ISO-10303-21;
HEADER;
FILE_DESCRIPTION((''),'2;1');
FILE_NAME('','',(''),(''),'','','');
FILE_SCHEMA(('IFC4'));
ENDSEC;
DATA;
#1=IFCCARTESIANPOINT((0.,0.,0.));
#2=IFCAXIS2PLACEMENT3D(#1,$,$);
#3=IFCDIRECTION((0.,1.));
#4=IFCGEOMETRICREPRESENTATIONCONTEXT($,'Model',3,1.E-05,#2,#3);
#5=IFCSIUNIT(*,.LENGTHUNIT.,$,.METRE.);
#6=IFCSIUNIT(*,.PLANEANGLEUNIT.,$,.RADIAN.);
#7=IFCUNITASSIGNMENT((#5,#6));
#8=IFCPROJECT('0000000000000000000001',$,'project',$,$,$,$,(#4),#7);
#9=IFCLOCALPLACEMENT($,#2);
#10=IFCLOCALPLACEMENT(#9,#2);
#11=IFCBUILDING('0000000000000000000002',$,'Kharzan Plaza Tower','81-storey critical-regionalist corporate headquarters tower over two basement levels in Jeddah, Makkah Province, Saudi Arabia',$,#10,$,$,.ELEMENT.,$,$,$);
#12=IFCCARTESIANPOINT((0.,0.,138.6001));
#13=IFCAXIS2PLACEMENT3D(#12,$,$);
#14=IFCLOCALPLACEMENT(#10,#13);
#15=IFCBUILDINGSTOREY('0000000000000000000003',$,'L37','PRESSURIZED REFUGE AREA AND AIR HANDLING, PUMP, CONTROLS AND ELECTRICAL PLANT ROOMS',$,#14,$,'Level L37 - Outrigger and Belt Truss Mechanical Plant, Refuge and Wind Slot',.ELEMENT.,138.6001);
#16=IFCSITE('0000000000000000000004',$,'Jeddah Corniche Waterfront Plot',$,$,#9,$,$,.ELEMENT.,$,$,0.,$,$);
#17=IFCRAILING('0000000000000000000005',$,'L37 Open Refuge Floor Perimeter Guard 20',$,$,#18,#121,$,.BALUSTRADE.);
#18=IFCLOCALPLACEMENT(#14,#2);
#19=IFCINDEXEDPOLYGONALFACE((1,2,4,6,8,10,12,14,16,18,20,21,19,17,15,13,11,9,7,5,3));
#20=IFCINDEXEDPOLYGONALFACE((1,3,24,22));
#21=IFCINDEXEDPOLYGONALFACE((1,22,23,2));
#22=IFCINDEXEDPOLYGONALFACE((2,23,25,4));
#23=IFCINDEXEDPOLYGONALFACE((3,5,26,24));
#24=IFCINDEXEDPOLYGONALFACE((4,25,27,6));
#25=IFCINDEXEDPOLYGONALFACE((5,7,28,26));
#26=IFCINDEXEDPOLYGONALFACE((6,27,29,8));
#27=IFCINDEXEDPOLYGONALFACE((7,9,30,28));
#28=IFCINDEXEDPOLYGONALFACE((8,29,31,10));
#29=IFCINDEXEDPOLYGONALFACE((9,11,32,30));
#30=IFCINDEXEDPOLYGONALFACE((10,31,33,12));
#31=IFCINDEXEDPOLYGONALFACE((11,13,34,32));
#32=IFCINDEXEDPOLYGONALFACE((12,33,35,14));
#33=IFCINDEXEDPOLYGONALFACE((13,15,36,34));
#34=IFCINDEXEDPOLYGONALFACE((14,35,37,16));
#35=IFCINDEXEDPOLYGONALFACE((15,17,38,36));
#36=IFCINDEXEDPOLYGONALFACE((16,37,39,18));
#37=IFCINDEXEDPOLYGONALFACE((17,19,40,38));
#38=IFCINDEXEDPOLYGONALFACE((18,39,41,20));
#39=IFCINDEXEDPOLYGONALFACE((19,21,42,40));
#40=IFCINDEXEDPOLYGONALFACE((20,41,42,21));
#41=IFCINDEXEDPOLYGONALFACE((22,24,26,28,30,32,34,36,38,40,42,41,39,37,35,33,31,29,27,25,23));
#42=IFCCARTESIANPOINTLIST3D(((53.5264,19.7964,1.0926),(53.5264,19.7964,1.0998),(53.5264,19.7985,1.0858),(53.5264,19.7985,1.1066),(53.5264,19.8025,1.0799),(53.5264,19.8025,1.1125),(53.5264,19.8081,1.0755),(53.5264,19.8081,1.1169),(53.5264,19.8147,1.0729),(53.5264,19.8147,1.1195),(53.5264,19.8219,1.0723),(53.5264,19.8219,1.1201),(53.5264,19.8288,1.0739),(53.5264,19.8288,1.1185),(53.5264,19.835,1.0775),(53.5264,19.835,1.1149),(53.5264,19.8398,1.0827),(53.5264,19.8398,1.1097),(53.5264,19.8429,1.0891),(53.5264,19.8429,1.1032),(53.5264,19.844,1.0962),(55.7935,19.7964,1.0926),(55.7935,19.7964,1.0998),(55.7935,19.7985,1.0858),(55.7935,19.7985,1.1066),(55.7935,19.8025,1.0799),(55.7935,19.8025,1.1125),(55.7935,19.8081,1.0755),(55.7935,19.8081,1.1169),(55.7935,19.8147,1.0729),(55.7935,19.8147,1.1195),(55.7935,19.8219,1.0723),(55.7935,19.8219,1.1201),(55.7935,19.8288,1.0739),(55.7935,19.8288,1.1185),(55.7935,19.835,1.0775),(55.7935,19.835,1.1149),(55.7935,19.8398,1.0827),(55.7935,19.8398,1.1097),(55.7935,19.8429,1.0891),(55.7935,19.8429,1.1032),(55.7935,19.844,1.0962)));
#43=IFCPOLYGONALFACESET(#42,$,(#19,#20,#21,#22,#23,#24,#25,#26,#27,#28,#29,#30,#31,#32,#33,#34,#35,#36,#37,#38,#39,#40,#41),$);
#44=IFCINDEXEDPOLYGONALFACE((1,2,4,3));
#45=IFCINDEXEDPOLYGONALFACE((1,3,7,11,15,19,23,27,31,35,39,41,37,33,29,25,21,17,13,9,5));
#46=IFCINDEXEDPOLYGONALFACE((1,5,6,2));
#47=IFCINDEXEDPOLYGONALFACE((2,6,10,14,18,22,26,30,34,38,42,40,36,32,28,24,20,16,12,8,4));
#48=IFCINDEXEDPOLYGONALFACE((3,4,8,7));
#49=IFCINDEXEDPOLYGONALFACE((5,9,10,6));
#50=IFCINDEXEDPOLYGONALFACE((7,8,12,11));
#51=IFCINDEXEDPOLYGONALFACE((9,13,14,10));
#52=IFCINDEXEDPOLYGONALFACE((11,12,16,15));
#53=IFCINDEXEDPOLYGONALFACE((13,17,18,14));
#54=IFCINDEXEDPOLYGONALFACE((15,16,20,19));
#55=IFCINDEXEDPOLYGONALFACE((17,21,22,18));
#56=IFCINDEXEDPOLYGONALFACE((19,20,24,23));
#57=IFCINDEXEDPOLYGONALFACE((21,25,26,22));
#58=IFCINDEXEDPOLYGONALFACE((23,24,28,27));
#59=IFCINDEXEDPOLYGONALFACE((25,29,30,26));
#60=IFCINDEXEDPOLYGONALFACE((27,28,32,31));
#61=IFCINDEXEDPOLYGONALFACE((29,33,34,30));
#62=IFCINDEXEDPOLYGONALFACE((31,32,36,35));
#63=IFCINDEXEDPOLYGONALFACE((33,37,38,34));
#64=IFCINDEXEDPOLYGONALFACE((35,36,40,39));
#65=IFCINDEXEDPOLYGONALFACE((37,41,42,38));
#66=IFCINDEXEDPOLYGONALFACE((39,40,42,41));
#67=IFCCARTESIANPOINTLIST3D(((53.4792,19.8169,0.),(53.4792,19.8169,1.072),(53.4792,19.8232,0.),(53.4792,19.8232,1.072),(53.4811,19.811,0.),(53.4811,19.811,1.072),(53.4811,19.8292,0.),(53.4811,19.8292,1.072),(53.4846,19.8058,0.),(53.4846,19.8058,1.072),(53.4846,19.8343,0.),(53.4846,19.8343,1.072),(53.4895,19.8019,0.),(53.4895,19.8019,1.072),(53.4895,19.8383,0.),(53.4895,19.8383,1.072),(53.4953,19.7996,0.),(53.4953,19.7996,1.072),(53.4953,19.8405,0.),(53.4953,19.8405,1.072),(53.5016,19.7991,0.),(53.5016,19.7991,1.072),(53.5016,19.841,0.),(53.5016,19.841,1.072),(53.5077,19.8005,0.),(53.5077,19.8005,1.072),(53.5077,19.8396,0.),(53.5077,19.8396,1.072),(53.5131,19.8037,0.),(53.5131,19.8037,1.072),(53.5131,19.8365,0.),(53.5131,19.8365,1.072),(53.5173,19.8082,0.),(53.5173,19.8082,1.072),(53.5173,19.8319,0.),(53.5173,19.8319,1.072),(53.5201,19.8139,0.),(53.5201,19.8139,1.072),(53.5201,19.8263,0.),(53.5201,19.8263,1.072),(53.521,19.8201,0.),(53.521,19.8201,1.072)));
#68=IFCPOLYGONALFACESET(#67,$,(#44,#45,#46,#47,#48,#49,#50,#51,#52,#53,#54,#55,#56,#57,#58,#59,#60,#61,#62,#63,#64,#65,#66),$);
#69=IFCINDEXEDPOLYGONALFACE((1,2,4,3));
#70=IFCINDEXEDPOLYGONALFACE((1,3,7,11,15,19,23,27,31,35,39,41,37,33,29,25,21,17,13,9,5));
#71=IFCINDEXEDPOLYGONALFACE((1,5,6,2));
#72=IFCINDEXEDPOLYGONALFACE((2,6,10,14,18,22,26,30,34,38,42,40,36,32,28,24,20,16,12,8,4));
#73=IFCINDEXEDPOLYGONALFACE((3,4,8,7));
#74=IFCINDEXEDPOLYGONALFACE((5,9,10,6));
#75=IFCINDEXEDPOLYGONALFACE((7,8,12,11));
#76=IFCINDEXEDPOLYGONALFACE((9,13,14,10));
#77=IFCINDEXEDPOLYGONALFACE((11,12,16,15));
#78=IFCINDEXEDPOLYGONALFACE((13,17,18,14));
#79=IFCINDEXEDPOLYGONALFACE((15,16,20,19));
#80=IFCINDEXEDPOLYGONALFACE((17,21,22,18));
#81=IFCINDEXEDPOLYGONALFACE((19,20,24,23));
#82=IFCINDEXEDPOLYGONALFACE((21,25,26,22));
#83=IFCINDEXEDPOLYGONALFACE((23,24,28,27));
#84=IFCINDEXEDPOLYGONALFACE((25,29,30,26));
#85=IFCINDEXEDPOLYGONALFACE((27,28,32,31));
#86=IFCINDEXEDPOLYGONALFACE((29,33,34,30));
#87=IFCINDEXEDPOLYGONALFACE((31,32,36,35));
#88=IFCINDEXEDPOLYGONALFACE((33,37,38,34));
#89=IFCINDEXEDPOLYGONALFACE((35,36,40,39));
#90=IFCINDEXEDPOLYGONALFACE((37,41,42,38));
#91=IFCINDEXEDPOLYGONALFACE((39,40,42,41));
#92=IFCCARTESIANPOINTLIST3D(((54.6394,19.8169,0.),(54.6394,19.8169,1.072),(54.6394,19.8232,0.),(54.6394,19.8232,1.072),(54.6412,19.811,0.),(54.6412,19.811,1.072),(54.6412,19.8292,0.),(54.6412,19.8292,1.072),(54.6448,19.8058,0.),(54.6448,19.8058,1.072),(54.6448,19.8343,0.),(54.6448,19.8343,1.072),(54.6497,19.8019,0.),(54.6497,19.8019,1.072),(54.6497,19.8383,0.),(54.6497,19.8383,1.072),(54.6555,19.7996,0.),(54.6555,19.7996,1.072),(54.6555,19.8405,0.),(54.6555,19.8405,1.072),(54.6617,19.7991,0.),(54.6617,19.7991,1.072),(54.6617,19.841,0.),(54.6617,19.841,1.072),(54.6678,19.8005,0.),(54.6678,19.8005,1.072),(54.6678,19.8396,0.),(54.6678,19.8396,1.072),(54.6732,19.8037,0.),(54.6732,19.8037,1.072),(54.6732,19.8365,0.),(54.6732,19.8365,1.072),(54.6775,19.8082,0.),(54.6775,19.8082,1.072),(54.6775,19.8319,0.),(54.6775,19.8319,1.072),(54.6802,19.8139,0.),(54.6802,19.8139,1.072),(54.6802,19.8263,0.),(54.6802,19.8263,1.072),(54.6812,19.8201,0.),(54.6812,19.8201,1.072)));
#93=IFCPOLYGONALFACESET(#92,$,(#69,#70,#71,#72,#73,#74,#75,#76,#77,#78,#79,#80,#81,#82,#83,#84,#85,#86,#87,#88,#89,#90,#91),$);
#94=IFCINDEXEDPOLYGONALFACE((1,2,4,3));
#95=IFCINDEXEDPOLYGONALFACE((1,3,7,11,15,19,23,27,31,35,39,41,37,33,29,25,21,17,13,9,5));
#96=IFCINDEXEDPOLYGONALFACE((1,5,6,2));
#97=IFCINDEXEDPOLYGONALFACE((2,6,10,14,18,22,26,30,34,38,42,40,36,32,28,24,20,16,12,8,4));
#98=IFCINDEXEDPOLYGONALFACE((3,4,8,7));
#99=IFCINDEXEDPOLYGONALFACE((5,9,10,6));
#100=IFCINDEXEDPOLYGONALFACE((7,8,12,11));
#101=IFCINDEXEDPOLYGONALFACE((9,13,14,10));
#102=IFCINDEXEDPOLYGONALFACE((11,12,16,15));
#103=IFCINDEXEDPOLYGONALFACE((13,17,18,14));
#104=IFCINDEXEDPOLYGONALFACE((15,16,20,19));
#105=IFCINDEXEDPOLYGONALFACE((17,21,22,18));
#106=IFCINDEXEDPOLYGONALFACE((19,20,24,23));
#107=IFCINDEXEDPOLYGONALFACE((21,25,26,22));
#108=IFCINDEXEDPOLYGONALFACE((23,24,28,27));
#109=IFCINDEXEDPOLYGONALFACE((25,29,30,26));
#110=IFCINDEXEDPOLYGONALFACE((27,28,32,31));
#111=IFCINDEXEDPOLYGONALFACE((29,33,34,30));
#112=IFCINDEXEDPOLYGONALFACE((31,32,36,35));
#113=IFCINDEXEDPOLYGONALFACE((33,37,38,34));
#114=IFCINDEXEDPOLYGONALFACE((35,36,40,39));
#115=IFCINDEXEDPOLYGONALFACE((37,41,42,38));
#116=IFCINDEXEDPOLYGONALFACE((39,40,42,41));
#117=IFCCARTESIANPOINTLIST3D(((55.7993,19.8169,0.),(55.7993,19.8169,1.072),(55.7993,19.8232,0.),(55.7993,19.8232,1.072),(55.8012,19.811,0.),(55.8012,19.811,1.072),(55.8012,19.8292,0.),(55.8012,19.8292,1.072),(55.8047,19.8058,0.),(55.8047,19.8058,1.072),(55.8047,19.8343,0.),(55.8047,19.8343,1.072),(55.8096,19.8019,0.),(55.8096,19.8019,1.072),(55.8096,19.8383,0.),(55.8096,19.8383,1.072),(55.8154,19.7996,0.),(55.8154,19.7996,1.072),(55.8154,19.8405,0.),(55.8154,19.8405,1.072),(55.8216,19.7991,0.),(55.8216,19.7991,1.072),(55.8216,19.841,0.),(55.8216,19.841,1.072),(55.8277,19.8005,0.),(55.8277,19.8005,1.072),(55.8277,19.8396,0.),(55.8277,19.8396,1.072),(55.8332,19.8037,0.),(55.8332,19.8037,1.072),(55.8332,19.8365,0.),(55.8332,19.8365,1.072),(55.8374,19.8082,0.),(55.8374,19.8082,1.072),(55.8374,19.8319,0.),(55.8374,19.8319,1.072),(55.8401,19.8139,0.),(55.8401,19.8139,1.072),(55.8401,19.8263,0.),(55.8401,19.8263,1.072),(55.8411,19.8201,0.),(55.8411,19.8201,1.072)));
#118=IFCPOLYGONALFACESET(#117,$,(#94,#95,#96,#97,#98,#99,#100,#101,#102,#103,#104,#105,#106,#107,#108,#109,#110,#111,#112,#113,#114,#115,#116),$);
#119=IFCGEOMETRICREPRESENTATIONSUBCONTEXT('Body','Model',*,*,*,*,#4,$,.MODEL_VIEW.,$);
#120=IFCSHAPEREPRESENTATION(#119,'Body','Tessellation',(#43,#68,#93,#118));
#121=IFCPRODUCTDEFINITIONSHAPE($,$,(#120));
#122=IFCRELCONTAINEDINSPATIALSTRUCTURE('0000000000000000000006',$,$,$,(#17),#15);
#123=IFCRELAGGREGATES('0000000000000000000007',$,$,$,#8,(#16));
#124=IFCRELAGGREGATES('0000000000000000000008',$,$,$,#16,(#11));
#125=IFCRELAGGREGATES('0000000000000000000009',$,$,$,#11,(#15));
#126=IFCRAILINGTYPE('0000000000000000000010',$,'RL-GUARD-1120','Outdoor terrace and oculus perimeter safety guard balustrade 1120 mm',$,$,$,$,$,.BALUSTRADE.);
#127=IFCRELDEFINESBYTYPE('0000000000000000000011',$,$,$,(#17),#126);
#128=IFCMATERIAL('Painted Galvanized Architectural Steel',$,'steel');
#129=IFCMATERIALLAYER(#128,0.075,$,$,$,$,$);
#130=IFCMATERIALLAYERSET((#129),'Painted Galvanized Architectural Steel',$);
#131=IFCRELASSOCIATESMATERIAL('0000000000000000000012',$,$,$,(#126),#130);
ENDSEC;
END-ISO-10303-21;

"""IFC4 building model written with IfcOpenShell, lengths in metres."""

from ifc_helpers import new_model, si_unit, direction, frame, origin, origin_2d, place, context, subcontext, project, spatial, circle, extrude, source, transform, mapped, material, layer, layer_set, type_object, element, save


model = new_model("IFC4")

# Units and contexts
model_context = context("Model", 3, precision=1e-05, world=origin(), true_north=direction((0.0, 1.0)))
body_context = subcontext(model_context, "Body", "Model", "MODEL_VIEW")
ifc_project = project(units=[si_unit("LENGTHUNIT", "METRE"), si_unit("PLANEANGLEUNIT", "RADIAN")], contexts=[model_context])

# Site, building, storey
site_placement = place(None, origin())
site = spatial("IfcSite", under=ifc_project, at=site_placement, Name="Jeddah Corniche Waterfront Plot", CompositionType="ELEMENT", RefElevation=0.0)
building_placement = place(site_placement, origin())
building = spatial("IfcBuilding", under=site, at=building_placement, Name="Kharzan Plaza Tower", Description="81-storey critical-regionalist corporate headquarters tower over two basement levels in Jeddah, Makkah Province, Saudi Arabia", CompositionType="ELEMENT")
storey_placement = place(building_placement, frame((0.0, 0.0, 138.6001)))
storey = spatial("IfcBuildingStorey", under=building, at=storey_placement, Name="L37", Description="PRESSURIZED REFUGE AREA AND AIR HANDLING, PUMP, CONTROLS AND ELECTRICAL PLANT ROOMS", LongName="Level L37 - Outrigger and Belt Truss Mechanical Plant, Refuge and Wind Slot", CompositionType="ELEMENT", Elevation=138.6001)

# Railing
ifc_material_1 = material(Name="Painted Galvanized Architectural Steel", Category="steel")
ifc_layer_1 = layer(ifc_material_1, 0.075)
ifc_layer_set_1 = layer_set([ifc_layer_1], Name="Painted Galvanized Architectural Steel")
railing_type = type_object("IfcRailingType", Name="RL-GUARD-1120", Description="Outdoor terrace and oculus perimeter safety guard balustrade 1120 mm", PredefinedType="BALUSTRADE", material=ifc_layer_set_1)
shared_shape_1 = source(origin(), body_context, "Body", "SweptSolid", [
    extrude(circle(Radius=0.0239, at=origin_2d()), frame((0.0264, 0.0, 1.0962), z_axis=(1.0, 0.0, 0.0), x_axis=(0.0, 1.0, 0.0)), (0.0, 0.0, 1.0), 2.2671),
    extrude(circle(Radius=0.021, at=origin_2d()), origin(), (0.0, 0.0, 1.0), 1.072),
    extrude(circle(Radius=0.021, at=origin_2d()), frame((1.1602, 0.0, 0.0)), (0.0, 0.0, 1.0), 1.072),
    extrude(circle(Radius=0.021, at=origin_2d()), frame((2.3201, 0.0, 0.0)), (0.0, 0.0, 1.0), 1.072),
])
railing_1_placement = place(storey_placement, frame((53.5, 19.8201, 0.0)))
element("IfcRailing", 1, at=railing_1_placement, inside=storey, type_object=railing_type, Name="L37 Open Refuge Floor Perimeter Guard 20", PredefinedType="BALUSTRADE", context=body_context, shape_type="MappedRepresentation", body=[
    mapped(shared_shape_1, transform((0.0, 0.0, 0.0), x_axis=(1.0, 0.0, 0.0), y_axis=(0.0, 1.0, 0.0), z_axis=(0.0, 0.0, 1.0))),
])

save(model, "model.ifc")
